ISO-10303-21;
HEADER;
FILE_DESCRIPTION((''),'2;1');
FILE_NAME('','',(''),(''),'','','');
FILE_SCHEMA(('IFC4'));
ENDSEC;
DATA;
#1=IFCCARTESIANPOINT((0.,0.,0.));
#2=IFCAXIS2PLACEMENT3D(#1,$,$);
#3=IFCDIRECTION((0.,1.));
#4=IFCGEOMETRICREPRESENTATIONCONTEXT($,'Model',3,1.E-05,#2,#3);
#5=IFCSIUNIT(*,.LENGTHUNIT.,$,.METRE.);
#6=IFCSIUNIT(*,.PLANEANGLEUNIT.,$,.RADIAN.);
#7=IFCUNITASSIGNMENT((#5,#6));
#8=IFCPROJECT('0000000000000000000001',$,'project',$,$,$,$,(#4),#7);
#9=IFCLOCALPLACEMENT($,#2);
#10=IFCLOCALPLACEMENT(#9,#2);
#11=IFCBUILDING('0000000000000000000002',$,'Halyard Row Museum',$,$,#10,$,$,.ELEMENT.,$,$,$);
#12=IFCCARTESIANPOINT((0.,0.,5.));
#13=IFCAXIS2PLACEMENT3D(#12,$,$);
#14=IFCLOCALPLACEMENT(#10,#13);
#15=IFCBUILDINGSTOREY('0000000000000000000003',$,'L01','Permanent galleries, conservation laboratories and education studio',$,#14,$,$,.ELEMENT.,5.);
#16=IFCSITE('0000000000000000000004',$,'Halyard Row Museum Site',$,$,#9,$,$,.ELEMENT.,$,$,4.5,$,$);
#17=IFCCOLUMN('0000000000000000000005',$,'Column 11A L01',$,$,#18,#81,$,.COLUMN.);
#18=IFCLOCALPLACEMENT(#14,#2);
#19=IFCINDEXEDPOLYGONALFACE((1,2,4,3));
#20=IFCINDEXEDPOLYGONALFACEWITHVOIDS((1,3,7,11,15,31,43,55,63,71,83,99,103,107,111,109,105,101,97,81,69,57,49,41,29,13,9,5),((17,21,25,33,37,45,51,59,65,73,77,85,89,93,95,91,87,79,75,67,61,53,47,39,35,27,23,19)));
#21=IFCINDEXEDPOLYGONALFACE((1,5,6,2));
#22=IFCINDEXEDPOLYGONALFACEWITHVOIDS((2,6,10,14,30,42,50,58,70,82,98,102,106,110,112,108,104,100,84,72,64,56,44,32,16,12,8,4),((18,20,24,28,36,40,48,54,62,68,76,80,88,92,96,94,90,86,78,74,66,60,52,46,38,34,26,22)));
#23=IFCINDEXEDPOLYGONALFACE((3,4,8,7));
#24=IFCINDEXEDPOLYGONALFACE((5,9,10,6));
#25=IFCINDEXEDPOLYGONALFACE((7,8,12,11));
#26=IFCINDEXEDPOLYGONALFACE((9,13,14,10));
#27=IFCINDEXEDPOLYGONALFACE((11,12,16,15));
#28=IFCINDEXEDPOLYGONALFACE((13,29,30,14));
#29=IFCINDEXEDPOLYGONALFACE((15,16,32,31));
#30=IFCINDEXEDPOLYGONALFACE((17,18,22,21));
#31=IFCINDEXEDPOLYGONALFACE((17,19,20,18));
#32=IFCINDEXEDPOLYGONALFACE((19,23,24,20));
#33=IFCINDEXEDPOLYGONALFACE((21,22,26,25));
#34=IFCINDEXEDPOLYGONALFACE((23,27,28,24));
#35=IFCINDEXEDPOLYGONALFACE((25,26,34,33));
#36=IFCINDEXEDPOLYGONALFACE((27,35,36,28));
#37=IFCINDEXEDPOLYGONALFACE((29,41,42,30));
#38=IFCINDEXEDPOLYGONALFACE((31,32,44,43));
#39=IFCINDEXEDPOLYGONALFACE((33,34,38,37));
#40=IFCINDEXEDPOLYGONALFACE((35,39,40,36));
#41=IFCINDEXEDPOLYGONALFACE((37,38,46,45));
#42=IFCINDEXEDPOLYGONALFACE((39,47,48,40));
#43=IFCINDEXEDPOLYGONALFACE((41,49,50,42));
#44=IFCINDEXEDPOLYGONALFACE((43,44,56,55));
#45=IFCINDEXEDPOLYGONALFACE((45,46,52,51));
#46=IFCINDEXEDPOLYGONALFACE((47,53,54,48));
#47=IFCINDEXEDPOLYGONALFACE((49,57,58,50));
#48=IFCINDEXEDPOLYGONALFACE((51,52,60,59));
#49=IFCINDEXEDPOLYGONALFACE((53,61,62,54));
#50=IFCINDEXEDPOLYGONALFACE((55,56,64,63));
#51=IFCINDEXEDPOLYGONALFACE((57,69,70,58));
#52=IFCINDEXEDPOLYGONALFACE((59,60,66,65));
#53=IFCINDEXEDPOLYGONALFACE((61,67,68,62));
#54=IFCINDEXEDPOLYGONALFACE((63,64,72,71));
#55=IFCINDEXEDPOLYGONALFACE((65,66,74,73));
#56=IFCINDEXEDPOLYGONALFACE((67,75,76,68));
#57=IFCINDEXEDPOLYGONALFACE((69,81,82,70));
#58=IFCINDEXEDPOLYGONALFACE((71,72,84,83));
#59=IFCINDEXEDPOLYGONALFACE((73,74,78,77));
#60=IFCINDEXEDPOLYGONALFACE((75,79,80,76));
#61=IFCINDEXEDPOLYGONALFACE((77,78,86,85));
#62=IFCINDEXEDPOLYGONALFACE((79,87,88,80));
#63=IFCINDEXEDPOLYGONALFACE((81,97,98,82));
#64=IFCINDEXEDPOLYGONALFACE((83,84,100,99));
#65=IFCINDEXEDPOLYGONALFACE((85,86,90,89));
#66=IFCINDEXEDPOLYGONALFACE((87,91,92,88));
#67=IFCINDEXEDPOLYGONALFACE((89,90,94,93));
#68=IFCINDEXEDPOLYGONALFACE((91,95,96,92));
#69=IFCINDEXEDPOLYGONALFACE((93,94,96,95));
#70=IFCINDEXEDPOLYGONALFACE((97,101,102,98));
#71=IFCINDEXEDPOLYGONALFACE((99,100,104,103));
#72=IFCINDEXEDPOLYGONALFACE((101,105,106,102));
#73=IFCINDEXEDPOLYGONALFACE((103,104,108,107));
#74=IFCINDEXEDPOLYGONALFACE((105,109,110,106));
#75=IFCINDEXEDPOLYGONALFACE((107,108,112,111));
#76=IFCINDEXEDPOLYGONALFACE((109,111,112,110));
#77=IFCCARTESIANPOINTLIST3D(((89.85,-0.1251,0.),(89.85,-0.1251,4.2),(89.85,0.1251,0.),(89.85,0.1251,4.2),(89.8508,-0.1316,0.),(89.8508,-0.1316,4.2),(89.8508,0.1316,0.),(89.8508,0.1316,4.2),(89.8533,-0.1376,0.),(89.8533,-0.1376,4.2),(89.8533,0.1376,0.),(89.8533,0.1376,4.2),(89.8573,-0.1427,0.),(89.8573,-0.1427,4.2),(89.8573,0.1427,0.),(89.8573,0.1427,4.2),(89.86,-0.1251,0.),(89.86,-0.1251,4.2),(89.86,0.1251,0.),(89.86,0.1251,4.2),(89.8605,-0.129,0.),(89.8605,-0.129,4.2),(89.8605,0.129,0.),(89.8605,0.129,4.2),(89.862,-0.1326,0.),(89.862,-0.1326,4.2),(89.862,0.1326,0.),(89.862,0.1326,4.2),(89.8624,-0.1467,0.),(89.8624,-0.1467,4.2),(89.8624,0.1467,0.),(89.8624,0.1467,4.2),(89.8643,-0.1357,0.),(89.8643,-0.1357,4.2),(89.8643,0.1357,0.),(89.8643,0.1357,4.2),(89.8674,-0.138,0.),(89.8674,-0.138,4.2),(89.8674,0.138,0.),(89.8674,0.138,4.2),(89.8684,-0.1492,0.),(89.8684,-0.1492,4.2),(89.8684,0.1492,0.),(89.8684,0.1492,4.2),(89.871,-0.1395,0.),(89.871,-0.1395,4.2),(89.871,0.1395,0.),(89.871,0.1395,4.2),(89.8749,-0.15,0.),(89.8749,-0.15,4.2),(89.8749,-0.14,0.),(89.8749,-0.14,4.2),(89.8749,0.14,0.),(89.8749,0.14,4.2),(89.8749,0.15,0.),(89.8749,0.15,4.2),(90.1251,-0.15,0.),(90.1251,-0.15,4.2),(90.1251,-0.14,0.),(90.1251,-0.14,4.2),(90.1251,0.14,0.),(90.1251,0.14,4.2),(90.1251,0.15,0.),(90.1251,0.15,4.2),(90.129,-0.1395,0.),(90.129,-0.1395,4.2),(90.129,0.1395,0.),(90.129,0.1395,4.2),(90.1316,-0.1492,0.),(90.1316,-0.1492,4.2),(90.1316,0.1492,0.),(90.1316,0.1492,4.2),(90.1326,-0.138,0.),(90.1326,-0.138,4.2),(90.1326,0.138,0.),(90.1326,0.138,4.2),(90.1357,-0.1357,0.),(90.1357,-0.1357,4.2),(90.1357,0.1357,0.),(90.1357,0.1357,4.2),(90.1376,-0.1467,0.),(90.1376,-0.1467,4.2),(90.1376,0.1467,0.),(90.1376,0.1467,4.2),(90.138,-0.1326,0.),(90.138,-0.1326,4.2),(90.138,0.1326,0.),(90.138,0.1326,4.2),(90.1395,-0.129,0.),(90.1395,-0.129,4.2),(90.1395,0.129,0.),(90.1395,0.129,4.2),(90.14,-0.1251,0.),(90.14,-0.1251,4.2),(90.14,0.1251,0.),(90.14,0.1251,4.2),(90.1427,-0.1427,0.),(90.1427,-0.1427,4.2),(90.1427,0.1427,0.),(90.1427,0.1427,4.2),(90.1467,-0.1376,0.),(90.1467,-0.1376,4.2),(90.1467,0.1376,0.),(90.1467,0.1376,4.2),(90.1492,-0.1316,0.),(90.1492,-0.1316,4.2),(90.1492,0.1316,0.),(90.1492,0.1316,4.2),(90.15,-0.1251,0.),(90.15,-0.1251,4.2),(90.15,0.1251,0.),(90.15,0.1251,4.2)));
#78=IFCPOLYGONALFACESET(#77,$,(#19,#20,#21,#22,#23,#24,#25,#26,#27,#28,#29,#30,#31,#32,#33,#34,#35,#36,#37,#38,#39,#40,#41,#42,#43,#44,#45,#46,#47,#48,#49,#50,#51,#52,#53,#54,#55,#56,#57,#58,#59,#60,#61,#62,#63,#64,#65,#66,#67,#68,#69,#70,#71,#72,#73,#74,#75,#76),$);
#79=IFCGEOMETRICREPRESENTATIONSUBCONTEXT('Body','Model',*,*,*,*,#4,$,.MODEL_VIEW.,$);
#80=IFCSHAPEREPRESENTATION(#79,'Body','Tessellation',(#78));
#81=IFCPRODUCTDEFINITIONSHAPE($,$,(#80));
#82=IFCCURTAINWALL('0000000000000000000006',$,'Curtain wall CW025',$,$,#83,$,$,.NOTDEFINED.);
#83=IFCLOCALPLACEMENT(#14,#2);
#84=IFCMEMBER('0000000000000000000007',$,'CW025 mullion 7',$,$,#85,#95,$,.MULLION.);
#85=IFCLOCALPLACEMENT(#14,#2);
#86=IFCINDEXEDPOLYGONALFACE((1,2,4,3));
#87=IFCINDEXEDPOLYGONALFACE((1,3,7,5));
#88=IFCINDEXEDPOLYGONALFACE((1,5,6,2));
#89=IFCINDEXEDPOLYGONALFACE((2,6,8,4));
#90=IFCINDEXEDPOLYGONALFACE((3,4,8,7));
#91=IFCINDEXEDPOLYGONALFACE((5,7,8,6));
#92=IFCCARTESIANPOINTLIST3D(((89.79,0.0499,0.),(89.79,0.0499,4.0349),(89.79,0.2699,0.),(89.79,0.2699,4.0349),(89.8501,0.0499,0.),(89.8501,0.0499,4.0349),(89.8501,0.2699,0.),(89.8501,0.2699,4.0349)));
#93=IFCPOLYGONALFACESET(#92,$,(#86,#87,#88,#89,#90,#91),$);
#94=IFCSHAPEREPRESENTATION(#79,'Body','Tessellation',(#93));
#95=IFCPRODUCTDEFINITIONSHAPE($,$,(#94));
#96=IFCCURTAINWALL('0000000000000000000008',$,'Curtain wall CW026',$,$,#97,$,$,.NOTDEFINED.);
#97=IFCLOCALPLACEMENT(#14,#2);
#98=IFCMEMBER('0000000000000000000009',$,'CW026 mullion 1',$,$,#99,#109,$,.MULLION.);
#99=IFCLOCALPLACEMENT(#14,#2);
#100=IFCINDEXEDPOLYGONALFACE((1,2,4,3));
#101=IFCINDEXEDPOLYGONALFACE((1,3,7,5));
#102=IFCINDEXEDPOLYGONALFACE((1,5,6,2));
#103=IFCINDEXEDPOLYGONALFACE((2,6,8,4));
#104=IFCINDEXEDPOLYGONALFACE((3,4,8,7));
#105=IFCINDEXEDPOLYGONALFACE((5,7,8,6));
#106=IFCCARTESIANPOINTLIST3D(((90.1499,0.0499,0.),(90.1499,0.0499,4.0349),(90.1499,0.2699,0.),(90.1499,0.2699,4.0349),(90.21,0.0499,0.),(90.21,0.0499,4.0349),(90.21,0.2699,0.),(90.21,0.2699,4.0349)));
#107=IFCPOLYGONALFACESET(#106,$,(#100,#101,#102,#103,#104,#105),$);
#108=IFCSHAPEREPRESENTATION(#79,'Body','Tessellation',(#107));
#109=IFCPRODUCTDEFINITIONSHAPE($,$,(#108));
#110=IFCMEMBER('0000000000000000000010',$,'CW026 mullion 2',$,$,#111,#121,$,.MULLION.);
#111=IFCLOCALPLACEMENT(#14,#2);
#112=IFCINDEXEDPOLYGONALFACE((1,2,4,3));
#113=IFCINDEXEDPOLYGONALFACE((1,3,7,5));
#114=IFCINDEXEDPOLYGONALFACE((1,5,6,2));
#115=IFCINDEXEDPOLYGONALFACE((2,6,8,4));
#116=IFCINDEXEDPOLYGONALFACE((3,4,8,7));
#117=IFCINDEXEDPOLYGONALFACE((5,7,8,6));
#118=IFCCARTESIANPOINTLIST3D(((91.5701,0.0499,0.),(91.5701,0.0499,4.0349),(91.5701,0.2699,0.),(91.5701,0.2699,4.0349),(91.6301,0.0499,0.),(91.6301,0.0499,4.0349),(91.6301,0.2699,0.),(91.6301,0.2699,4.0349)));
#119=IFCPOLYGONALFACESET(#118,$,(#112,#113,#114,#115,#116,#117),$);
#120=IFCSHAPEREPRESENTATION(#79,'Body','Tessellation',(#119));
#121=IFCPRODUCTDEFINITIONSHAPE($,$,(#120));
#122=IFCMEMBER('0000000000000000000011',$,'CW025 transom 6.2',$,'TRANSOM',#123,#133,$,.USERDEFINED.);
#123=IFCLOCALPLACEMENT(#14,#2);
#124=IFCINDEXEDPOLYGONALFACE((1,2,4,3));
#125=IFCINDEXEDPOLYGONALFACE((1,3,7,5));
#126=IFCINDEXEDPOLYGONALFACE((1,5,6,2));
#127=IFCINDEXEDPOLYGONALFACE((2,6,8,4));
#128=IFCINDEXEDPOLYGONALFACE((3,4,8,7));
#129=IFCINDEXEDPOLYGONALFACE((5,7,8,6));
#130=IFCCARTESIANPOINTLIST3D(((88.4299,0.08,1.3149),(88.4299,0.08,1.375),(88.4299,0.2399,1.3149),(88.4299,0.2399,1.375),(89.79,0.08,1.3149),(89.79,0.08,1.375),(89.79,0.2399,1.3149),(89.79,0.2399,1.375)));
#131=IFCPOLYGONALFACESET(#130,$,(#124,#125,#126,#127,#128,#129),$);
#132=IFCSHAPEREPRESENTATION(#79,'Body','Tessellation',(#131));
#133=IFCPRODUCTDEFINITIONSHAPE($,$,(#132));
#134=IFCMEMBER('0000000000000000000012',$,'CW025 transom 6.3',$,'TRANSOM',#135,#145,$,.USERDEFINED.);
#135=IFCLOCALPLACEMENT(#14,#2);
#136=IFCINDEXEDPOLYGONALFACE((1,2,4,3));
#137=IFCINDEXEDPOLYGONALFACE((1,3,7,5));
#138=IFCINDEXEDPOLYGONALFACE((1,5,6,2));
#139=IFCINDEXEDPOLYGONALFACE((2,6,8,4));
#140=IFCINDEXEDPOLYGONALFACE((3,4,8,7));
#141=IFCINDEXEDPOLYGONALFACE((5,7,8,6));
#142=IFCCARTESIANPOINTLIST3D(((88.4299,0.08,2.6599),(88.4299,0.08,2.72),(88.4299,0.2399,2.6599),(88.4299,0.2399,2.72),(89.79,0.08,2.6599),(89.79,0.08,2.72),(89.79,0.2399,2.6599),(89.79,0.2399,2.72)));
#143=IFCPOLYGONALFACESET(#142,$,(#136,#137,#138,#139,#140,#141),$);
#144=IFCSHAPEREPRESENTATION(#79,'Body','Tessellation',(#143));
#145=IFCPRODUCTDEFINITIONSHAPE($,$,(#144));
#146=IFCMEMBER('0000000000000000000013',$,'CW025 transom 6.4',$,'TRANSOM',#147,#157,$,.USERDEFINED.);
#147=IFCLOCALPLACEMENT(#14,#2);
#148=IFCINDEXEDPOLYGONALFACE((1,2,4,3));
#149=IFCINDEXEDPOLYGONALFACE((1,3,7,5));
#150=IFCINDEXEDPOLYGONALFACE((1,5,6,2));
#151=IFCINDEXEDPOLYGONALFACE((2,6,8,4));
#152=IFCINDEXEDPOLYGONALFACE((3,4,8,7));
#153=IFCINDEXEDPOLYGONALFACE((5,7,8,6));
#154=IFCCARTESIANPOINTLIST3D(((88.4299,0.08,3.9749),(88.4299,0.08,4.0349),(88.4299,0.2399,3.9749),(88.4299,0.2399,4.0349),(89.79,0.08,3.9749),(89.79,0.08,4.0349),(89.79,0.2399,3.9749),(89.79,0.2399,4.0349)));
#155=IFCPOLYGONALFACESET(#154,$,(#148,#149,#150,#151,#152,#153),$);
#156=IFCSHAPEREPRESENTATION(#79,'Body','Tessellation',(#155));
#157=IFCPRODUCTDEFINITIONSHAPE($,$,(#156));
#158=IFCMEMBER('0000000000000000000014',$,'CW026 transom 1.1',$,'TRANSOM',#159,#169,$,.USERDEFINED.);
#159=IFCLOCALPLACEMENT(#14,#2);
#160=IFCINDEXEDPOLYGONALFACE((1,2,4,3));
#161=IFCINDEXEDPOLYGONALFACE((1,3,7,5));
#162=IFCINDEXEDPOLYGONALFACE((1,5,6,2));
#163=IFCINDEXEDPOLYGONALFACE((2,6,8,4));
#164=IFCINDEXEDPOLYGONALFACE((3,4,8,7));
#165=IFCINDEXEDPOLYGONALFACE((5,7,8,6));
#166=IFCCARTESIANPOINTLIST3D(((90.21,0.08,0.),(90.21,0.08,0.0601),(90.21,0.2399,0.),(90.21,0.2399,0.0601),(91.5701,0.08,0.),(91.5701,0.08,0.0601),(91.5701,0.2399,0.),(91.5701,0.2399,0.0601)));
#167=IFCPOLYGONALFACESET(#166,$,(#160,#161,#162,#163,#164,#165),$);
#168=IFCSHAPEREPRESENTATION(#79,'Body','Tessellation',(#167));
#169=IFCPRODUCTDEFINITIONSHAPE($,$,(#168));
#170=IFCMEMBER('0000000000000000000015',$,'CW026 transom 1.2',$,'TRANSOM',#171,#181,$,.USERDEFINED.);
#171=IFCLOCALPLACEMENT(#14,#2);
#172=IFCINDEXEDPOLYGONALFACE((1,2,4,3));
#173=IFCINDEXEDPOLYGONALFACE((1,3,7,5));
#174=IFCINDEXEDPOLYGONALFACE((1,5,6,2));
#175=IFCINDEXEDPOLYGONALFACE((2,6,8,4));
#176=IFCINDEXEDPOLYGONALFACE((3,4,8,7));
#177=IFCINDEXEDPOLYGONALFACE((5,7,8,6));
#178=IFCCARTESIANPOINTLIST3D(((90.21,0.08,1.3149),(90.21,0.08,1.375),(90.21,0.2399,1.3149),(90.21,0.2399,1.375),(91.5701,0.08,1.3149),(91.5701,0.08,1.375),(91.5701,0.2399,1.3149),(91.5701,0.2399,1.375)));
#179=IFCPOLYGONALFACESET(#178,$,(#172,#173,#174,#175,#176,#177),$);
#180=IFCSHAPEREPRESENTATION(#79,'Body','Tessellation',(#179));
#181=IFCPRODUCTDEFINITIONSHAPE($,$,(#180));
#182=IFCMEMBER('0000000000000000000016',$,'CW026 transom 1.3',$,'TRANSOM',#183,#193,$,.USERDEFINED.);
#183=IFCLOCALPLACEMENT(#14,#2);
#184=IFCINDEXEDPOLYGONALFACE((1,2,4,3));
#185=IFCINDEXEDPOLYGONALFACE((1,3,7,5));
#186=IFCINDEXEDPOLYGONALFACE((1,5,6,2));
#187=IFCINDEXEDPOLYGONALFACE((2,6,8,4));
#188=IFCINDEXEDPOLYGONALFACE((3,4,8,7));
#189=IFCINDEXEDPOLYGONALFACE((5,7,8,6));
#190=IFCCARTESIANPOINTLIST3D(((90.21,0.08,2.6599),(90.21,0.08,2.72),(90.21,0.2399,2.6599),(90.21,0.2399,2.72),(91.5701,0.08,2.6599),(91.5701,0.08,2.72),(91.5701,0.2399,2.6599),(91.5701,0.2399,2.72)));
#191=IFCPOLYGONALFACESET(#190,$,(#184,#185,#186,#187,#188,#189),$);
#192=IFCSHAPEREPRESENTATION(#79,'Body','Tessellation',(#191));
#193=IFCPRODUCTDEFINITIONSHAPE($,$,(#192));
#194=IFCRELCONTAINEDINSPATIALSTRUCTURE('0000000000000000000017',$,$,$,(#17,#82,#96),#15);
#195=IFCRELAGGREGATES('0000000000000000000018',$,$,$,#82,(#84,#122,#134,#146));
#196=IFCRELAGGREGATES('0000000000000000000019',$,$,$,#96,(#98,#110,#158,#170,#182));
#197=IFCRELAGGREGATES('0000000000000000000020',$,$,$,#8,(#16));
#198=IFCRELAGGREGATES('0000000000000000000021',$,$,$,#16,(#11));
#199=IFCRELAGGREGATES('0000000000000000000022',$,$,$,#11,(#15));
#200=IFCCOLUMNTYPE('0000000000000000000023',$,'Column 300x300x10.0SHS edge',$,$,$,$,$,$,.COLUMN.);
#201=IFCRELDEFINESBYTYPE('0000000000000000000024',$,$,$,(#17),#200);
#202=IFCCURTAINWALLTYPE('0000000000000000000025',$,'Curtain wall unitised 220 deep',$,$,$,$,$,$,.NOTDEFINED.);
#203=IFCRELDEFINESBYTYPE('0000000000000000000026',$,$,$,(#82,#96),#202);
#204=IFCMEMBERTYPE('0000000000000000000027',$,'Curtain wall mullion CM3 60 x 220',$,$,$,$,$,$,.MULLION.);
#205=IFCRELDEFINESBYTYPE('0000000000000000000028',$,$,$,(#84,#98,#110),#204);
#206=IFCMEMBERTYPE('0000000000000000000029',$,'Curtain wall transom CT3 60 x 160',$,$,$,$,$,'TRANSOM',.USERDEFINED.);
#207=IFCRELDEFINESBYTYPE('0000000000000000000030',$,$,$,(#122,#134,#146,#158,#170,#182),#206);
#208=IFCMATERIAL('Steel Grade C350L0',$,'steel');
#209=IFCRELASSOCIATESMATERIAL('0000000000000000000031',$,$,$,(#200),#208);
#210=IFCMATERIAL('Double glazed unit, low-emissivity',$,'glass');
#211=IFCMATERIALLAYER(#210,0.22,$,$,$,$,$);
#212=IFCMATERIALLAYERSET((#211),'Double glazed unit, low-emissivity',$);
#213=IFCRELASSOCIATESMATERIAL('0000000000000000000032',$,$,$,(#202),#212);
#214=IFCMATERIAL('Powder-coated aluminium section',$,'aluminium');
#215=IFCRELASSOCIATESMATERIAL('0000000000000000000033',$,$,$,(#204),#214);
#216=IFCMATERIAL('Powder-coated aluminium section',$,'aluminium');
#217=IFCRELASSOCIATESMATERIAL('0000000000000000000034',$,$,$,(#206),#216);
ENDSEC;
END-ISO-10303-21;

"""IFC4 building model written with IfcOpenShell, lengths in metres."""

from ifc_helpers import new_model, si_unit, direction, frame, origin, origin_2d, place, context, subcontext, project, spatial, rectangle, hollow_rectangle, extrude, material, layer, layer_set, material_profile, profile_set, type_object, element, aggregate, save


model = new_model("IFC4")

# Units and contexts
model_context = context("Model", 3, precision=1e-05, world=origin(), true_north=direction((0.0, 1.0)))
body_context = subcontext(model_context, "Body", "Model", "MODEL_VIEW")
ifc_project = project(units=[si_unit("LENGTHUNIT", "METRE"), si_unit("PLANEANGLEUNIT", "RADIAN")], contexts=[model_context])

# Site, building, storey
site_placement = place(None, origin())
site = spatial("IfcSite", under=ifc_project, at=site_placement, Name="Halyard Row Museum Site", CompositionType="ELEMENT", RefElevation=4.5)
building_placement = place(site_placement, origin())
building = spatial("IfcBuilding", under=site, at=building_placement, Name="Halyard Row Museum", CompositionType="ELEMENT")
storey_placement = place(building_placement, frame((0.0, 0.0, 5.0)))
storey = spatial("IfcBuildingStorey", under=building, at=storey_placement, Name="L01", Description="Permanent galleries, conservation laboratories and education studio", CompositionType="ELEMENT", Elevation=5.0)

# Column
ifc_material_1 = material(Name="Steel Grade C350L0", Category="steel")
ifc_material_profile_1 = material_profile(ifc_material_1, hollow_rectangle(XDim=0.3, YDim=0.3, WallThickness=0.01, InnerFilletRadius=0.0149, OuterFilletRadius=0.0249, at=origin_2d()), Name="300x300x10.0SHS")
ifc_profile_set_1 = profile_set([ifc_material_profile_1], Name="Steel Grade C350L0")
column_type = type_object("IfcColumnType", Name="Column 300x300x10.0SHS edge", PredefinedType="COLUMN", material=ifc_profile_set_1)
column_placement = place(storey_placement, frame((90.0, 0.0, 0.0), z_axis=(0.0, 0.0, 1.0), x_axis=(1.0, 0.0, 0.0)))
element("IfcColumn", 1, at=column_placement, inside=storey, type_object=column_type, Name="Column 11A L01", PredefinedType="COLUMN", context=body_context, shape_type="SweptSolid", body=[
    extrude(hollow_rectangle(XDim=0.3, YDim=0.3, WallThickness=0.01, InnerFilletRadius=0.0149, OuterFilletRadius=0.0249, at=origin_2d()), origin(), (0.0, 0.0, 1.0), 4.2),
])

# Curtain wall, member
ifc_material_2 = material(Name="Double glazed unit, low-emissivity", Category="glass")
ifc_layer_1 = layer(ifc_material_2, 0.22)
ifc_layer_set_1 = layer_set([ifc_layer_1], Name="Double glazed unit, low-emissivity")
curtain_wall_type = type_object("IfcCurtainWallType", Name="Curtain wall unitised 220 deep", PredefinedType="NOTDEFINED", material=ifc_layer_set_1)
curtain_wall_1_placement = place(storey_placement, origin())
curtain_wall_1 = element("IfcCurtainWall", 2, at=curtain_wall_1_placement, inside=storey, type_object=curtain_wall_type, Name="Curtain wall CW025", PredefinedType="NOTDEFINED")
ifc_material_3 = material(Name="Powder-coated aluminium section", Category="aluminium")
ifc_material_profile_2 = material_profile(ifc_material_3, rectangle(XDim=0.22, YDim=0.0601, at=origin_2d()), Name="220x60 mullion")
ifc_profile_set_2 = profile_set([ifc_material_profile_2], Name="Powder-coated aluminium section")
member_type_1 = type_object("IfcMemberType", Name="Curtain wall mullion CM3 60 x 220", PredefinedType="MULLION", material=ifc_profile_set_2)
member_1_placement = place(storey_placement, frame((89.8201, 0.1599, 0.0), z_axis=(0.0, 0.0, 1.0), x_axis=(0.0, 1.0, 0.0)))
member_1 = element("IfcMember", 3, at=member_1_placement, type_object=member_type_1, Name="CW025 mullion 7", PredefinedType="MULLION", context=body_context, shape_type="SweptSolid", body=[
    extrude(rectangle(XDim=0.22, YDim=0.0601, at=origin_2d()), origin(), (0.0, 0.0, 1.0), 4.0349),
])

# Curtain wall, members
curtain_wall_2_placement = place(storey_placement, origin())
curtain_wall_2 = element("IfcCurtainWall", 4, at=curtain_wall_2_placement, inside=storey, type_object=curtain_wall_type, Name="Curtain wall CW026", PredefinedType="NOTDEFINED")
member_2_placement = place(storey_placement, frame((90.1799, 0.1599, 0.0), z_axis=(0.0, 0.0, 1.0), x_axis=(0.0, 1.0, 0.0)))
member_2 = element("IfcMember", 5, at=member_2_placement, type_object=member_type_1, Name="CW026 mullion 1", PredefinedType="MULLION", context=body_context, shape_type="SweptSolid", body=[
    extrude(rectangle(XDim=0.22, YDim=0.0601, at=origin_2d()), origin(), (0.0, 0.0, 1.0), 4.0349),
])
member_3_placement = place(storey_placement, frame((91.6001, 0.1599, 0.0), z_axis=(0.0, 0.0, 1.0), x_axis=(0.0, 1.0, 0.0)))
member_3 = element("IfcMember", 6, at=member_3_placement, type_object=member_type_1, Name="CW026 mullion 2", PredefinedType="MULLION", context=body_context, shape_type="SweptSolid", body=[
    extrude(rectangle(XDim=0.22, YDim=0.0601, at=origin_2d()), origin(), (0.0, 0.0, 1.0), 4.0349),
])

# Members
ifc_material_4 = material(Name="Powder-coated aluminium section", Category="aluminium")
ifc_material_profile_3 = material_profile(ifc_material_4, rectangle(XDim=0.1599, YDim=0.0601, at=origin_2d()), Name="160x60 transom")
ifc_profile_set_3 = profile_set([ifc_material_profile_3], Name="Powder-coated aluminium section")
member_type_2 = type_object("IfcMemberType", Name="Curtain wall transom CT3 60 x 160", ElementType="TRANSOM", PredefinedType="USERDEFINED", material=ifc_profile_set_3)
member_4_placement = place(storey_placement, frame((88.4299, 0.1599, 1.345), z_axis=(1.0, 0.0, 0.0), x_axis=(0.0, 1.0, 0.0)))
member_4 = element("IfcMember", 7, at=member_4_placement, type_object=member_type_2, Name="CW025 transom 6.2", ObjectType="TRANSOM", PredefinedType="USERDEFINED", context=body_context, shape_type="SweptSolid", body=[
    extrude(rectangle(XDim=0.1599, YDim=0.0601, at=origin_2d()), origin(), (0.0, 0.0, 1.0), 1.3601),
])
member_5_placement = place(storey_placement, frame((88.4299, 0.1599, 2.6899), z_axis=(1.0, 0.0, 0.0), x_axis=(0.0, 1.0, 0.0)))
member_5 = element("IfcMember", 8, at=member_5_placement, type_object=member_type_2, Name="CW025 transom 6.3", ObjectType="TRANSOM", PredefinedType="USERDEFINED", context=body_context, shape_type="SweptSolid", body=[
    extrude(rectangle(XDim=0.1599, YDim=0.0601, at=origin_2d()), origin(), (0.0, 0.0, 1.0), 1.3601),
])
member_6_placement = place(storey_placement, frame((88.4299, 0.1599, 4.0049), z_axis=(1.0, 0.0, 0.0), x_axis=(0.0, 1.0, 0.0)))
member_6 = element("IfcMember", 9, at=member_6_placement, type_object=member_type_2, Name="CW025 transom 6.4", ObjectType="TRANSOM", PredefinedType="USERDEFINED", context=body_context, shape_type="SweptSolid", body=[
    extrude(rectangle(XDim=0.1599, YDim=0.0601, at=origin_2d()), origin(), (0.0, 0.0, 1.0), 1.3601),
])
member_7_placement = place(storey_placement, frame((90.21, 0.1599, 0.03), z_axis=(1.0, 0.0, 0.0), x_axis=(0.0, 1.0, 0.0)))
member_7 = element("IfcMember", 10, at=member_7_placement, type_object=member_type_2, Name="CW026 transom 1.1", ObjectType="TRANSOM", PredefinedType="USERDEFINED", context=body_context, shape_type="SweptSolid", body=[
    extrude(rectangle(XDim=0.1599, YDim=0.0601, at=origin_2d()), origin(), (0.0, 0.0, 1.0), 1.3601),
])
member_8_placement = place(storey_placement, frame((90.21, 0.1599, 1.345), z_axis=(1.0, 0.0, 0.0), x_axis=(0.0, 1.0, 0.0)))
member_8 = element("IfcMember", 11, at=member_8_placement, type_object=member_type_2, Name="CW026 transom 1.2", ObjectType="TRANSOM", PredefinedType="USERDEFINED", context=body_context, shape_type="SweptSolid", body=[
    extrude(rectangle(XDim=0.1599, YDim=0.0601, at=origin_2d()), origin(), (0.0, 0.0, 1.0), 1.3601),
])
member_9_placement = place(storey_placement, frame((90.21, 0.1599, 2.6899), z_axis=(1.0, 0.0, 0.0), x_axis=(0.0, 1.0, 0.0)))
member_9 = element("IfcMember", 12, at=member_9_placement, type_object=member_type_2, Name="CW026 transom 1.3", ObjectType="TRANSOM", PredefinedType="USERDEFINED", context=body_context, shape_type="SweptSolid", body=[
    extrude(rectangle(XDim=0.1599, YDim=0.0601, at=origin_2d()), origin(), (0.0, 0.0, 1.0), 1.3601),
])

aggregate(curtain_wall_1, [member_1, member_4, member_5, member_6])
aggregate(curtain_wall_2, [member_2, member_3, member_7, member_8, member_9])

save(model, "model.ifc")
